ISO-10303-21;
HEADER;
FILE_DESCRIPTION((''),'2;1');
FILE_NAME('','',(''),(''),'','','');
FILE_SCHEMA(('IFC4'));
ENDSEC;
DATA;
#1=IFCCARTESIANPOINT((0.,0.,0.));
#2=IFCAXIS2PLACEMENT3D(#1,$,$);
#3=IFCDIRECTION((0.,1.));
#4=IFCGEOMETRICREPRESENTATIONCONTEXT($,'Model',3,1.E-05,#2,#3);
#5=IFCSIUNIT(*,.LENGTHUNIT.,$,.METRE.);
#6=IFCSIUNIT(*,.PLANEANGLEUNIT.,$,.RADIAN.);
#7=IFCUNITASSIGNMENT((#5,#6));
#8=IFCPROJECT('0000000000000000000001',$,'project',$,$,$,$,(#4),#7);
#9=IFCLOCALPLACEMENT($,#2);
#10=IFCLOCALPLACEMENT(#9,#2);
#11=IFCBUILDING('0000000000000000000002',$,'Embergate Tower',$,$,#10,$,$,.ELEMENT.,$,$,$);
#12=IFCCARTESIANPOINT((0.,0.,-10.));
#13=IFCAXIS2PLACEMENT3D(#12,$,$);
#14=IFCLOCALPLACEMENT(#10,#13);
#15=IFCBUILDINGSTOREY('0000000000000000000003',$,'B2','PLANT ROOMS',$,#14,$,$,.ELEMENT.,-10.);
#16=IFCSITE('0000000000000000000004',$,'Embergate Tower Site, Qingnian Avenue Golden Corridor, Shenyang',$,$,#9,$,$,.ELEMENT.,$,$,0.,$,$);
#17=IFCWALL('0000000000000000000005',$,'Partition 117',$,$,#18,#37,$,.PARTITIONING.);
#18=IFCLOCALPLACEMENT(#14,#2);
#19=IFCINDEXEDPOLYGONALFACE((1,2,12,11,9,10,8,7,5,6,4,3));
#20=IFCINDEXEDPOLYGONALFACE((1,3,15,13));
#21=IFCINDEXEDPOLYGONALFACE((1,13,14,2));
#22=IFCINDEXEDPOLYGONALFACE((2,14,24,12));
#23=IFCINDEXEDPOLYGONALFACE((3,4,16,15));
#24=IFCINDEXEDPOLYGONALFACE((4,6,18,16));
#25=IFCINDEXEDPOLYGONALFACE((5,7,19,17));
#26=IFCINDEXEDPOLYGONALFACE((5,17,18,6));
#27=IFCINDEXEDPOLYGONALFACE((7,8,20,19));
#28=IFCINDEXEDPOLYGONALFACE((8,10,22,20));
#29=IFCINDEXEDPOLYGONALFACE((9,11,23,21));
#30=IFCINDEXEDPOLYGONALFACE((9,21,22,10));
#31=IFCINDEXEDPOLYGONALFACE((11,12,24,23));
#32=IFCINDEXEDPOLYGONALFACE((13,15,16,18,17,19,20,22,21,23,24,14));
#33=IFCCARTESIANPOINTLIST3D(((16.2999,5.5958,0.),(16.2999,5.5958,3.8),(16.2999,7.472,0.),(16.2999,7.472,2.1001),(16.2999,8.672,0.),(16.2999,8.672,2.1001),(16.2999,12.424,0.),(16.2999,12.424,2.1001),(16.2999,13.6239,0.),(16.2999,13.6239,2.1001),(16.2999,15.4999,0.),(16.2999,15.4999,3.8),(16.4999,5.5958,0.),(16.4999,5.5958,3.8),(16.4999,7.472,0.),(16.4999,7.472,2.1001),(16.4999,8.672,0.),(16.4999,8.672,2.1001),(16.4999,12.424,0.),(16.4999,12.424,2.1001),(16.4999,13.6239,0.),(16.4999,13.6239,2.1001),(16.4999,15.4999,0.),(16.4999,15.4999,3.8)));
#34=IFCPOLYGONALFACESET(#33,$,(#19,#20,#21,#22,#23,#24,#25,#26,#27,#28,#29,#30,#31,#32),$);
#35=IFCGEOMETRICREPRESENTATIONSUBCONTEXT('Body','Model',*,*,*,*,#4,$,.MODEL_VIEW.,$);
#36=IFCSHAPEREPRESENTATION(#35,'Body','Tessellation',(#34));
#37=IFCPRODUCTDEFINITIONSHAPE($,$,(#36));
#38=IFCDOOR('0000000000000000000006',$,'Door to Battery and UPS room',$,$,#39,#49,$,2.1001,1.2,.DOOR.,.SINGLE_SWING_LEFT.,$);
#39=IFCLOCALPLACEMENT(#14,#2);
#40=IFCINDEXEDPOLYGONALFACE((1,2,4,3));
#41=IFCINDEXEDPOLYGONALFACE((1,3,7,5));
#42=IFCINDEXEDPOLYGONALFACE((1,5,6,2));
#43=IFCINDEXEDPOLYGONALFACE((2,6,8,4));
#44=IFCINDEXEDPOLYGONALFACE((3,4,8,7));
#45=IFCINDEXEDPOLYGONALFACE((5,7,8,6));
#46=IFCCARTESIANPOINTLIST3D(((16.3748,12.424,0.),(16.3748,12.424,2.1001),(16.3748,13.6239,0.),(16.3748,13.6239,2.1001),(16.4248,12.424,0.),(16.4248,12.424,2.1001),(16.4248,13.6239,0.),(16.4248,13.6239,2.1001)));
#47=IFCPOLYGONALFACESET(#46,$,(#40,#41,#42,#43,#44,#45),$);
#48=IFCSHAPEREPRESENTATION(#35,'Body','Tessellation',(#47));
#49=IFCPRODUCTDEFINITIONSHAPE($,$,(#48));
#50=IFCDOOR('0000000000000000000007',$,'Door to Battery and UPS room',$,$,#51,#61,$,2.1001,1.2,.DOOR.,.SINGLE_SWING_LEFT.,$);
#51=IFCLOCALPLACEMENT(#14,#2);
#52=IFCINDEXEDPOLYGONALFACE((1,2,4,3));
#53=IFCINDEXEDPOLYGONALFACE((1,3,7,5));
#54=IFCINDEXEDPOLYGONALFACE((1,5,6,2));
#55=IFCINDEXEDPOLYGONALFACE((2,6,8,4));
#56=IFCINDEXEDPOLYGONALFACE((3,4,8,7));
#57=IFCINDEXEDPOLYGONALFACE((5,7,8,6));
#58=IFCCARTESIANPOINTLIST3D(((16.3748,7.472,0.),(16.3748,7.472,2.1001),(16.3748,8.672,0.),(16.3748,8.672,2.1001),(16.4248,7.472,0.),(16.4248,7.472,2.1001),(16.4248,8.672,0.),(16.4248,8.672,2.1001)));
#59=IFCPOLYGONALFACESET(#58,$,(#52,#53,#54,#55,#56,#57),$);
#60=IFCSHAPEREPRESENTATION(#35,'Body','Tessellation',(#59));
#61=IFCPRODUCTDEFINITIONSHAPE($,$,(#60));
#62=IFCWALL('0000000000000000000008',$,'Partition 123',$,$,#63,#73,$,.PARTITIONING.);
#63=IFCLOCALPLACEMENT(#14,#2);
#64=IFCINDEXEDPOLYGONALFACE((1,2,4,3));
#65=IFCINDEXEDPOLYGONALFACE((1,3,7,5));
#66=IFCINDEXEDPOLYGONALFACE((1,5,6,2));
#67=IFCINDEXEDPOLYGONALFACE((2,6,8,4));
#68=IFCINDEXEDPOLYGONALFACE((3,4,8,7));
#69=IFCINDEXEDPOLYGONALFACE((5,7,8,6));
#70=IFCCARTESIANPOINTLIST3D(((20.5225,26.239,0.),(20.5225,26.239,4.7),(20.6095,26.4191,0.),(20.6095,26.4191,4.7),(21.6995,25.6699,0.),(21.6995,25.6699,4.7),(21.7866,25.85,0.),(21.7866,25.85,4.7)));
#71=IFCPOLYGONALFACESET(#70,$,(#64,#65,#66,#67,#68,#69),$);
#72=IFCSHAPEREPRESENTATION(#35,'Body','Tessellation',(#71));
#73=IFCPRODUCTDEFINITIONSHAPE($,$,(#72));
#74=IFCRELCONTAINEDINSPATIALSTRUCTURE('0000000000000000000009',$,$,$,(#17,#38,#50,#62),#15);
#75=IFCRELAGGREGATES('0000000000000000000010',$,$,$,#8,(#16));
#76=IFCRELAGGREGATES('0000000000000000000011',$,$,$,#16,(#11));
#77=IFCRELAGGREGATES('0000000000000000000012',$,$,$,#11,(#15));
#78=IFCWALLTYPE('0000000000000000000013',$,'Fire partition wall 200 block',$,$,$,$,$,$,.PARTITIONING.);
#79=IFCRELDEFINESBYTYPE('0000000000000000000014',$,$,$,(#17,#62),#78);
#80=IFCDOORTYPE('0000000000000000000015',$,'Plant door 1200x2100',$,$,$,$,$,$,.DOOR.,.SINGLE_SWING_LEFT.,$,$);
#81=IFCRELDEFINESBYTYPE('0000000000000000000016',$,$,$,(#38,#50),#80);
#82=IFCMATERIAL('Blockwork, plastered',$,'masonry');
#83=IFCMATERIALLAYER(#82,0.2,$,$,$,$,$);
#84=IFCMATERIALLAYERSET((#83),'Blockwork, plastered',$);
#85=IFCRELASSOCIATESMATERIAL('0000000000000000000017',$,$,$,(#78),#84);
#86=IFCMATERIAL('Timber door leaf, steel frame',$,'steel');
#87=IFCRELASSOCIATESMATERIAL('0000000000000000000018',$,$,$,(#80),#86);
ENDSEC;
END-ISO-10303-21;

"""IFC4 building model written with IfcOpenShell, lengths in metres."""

from ifc_helpers import new_model, si_unit, direction, frame, frame_2d, origin, place, context, subcontext, project, spatial, rectangle, extrude, source, transform, mapped, material, layer, layer_set, type_object, element, fill, save


model = new_model("IFC4")

# Units and contexts
model_context = context("Model", 3, precision=1e-05, world=origin(), true_north=direction((0.0, 1.0)))
body_context = subcontext(model_context, "Body", "Model", "MODEL_VIEW")
ifc_project = project(units=[si_unit("LENGTHUNIT", "METRE"), si_unit("PLANEANGLEUNIT", "RADIAN")], contexts=[model_context])

# Site, building, storey
site_placement = place(None, origin())
site = spatial("IfcSite", under=ifc_project, at=site_placement, Name="Embergate Tower Site, Qingnian Avenue Golden Corridor, Shenyang", CompositionType="ELEMENT", RefElevation=0.0)
building_placement = place(site_placement, origin())
building = spatial("IfcBuilding", under=site, at=building_placement, Name="Embergate Tower", CompositionType="ELEMENT")
storey_placement = place(building_placement, frame((0.0, 0.0, -10.0)))
storey = spatial("IfcBuildingStorey", under=building, at=storey_placement, Name="B2", Description="PLANT ROOMS", CompositionType="ELEMENT", Elevation=-10.0)

# Shared definitions
ifc_material_1 = material(Name="Blockwork, plastered", Category="masonry")
ifc_layer = layer(ifc_material_1, 0.2)
ifc_layer_set = layer_set([ifc_layer], Name="Blockwork, plastered")
wall_type = type_object("IfcWallType", Name="Fire partition wall 200 block", PredefinedType="PARTITIONING", material=ifc_layer_set)

# Shared definitions
shared_shape_1 = source(origin(), body_context, "Body", "SweptSolid", [
    extrude(rectangle(XDim=1.2, YDim=2.1001, at=frame_2d((0.6001, 1.05))), frame((0.0, 0.1099, 0.0), z_axis=(0.0, -1.0, 0.0), x_axis=(1.0, 0.0, 0.0)), (0.0, 0.0, 1.0), 0.22),
])
ifc_material_2 = material(Name="Timber door leaf, steel frame", Category="steel")
door_type = type_object("IfcDoorType", Name="Plant door 1200x2100", OperationType="SINGLE_SWING_LEFT", PredefinedType="DOOR", material=ifc_material_2)
shared_shape_2 = source(origin(), body_context, "Body", "SweptSolid", [
    extrude(rectangle(XDim=1.2, YDim=2.1001, at=frame_2d((0.6001, 1.05))), frame((0.0, 0.0249, 0.0), z_axis=(0.0, -1.0, 0.0), x_axis=(1.0, 0.0, 0.0)), (0.0, 0.0, 1.0), 0.05),
])

# Wall, openings, doors
shared_shape_3 = source(origin(), body_context, "Body", "SweptSolid", [
    extrude(rectangle(XDim=9.9041, YDim=0.2, at=frame_2d((4.9521, 0.0))), origin(), (0.0, 0.0, 1.0), 3.8),
])
wall_1_placement = place(storey_placement, frame((16.3999, 15.5, 0.0), z_axis=(0.0, 0.0, 1.0), x_axis=(0.0, -1.0, 0.0)))
wall_1 = element("IfcWall", 1, at=wall_1_placement, inside=storey, type_object=wall_type, Name="Partition 117", PredefinedType="PARTITIONING", context=body_context, shape_type="MappedRepresentation", body=[
    mapped(shared_shape_3, transform((0.0, 0.0, 0.0))),
])
opening_1_placement = place(wall_1_placement, frame((1.876, 0.0, 0.0)))
opening_1 = element("IfcOpeningElement", 2, at=opening_1_placement, cuts=wall_1, PredefinedType="OPENING", context=body_context, shape_type="MappedRepresentation", body=[
    mapped(shared_shape_1, transform((0.0, 0.0, 0.0))),
])
opening_2_placement = place(wall_1_placement, frame((6.8279, 0.0, 0.0)))
opening_2 = element("IfcOpeningElement", 3, at=opening_2_placement, cuts=wall_1, PredefinedType="OPENING", context=body_context, shape_type="MappedRepresentation", body=[
    mapped(shared_shape_1, transform((0.0, 0.0, 0.0))),
])
door_1_placement = place(opening_1_placement, origin())
door_1 = element("IfcDoor", 4, at=door_1_placement, inside=storey, type_object=door_type, Name="Door to Battery and UPS room", OperationType="SINGLE_SWING_LEFT", OverallHeight=2.1001, OverallWidth=1.2, PredefinedType="DOOR", context=body_context, shape_type="MappedRepresentation", body=[
    mapped(shared_shape_2, transform((0.0, 0.0, 0.0))),
])
fill(opening_1, door_1)
door_2_placement = place(opening_2_placement, origin())
door_2 = element("IfcDoor", 5, at=door_2_placement, inside=storey, type_object=door_type, Name="Door to Battery and UPS room", OperationType="SINGLE_SWING_LEFT", OverallHeight=2.1001, OverallWidth=1.2, PredefinedType="DOOR", context=body_context, shape_type="MappedRepresentation", body=[
    mapped(shared_shape_2, transform((0.0, 0.0, 0.0))),
])
fill(opening_2, door_2)

# Wall
shared_shape_4 = source(origin(), body_context, "Body", "SweptSolid", [
    extrude(rectangle(XDim=1.3074, YDim=0.2, at=frame_2d((0.6538, 0.0))), origin(), (0.0, 0.0, 1.0), 4.7),
])
wall_2_placement = place(storey_placement, frame((20.5659, 26.3291, 0.0), z_axis=(0.0, 0.0, 1.0), x_axis=(0.900287, -0.435297, 0.0)))
element("IfcWall", 6, at=wall_2_placement, inside=storey, type_object=wall_type, Name="Partition 123", PredefinedType="PARTITIONING", context=body_context, shape_type="MappedRepresentation", body=[
    mapped(shared_shape_4, transform((0.0, 0.0, 0.0))),
])

save(model, "model.ifc")
